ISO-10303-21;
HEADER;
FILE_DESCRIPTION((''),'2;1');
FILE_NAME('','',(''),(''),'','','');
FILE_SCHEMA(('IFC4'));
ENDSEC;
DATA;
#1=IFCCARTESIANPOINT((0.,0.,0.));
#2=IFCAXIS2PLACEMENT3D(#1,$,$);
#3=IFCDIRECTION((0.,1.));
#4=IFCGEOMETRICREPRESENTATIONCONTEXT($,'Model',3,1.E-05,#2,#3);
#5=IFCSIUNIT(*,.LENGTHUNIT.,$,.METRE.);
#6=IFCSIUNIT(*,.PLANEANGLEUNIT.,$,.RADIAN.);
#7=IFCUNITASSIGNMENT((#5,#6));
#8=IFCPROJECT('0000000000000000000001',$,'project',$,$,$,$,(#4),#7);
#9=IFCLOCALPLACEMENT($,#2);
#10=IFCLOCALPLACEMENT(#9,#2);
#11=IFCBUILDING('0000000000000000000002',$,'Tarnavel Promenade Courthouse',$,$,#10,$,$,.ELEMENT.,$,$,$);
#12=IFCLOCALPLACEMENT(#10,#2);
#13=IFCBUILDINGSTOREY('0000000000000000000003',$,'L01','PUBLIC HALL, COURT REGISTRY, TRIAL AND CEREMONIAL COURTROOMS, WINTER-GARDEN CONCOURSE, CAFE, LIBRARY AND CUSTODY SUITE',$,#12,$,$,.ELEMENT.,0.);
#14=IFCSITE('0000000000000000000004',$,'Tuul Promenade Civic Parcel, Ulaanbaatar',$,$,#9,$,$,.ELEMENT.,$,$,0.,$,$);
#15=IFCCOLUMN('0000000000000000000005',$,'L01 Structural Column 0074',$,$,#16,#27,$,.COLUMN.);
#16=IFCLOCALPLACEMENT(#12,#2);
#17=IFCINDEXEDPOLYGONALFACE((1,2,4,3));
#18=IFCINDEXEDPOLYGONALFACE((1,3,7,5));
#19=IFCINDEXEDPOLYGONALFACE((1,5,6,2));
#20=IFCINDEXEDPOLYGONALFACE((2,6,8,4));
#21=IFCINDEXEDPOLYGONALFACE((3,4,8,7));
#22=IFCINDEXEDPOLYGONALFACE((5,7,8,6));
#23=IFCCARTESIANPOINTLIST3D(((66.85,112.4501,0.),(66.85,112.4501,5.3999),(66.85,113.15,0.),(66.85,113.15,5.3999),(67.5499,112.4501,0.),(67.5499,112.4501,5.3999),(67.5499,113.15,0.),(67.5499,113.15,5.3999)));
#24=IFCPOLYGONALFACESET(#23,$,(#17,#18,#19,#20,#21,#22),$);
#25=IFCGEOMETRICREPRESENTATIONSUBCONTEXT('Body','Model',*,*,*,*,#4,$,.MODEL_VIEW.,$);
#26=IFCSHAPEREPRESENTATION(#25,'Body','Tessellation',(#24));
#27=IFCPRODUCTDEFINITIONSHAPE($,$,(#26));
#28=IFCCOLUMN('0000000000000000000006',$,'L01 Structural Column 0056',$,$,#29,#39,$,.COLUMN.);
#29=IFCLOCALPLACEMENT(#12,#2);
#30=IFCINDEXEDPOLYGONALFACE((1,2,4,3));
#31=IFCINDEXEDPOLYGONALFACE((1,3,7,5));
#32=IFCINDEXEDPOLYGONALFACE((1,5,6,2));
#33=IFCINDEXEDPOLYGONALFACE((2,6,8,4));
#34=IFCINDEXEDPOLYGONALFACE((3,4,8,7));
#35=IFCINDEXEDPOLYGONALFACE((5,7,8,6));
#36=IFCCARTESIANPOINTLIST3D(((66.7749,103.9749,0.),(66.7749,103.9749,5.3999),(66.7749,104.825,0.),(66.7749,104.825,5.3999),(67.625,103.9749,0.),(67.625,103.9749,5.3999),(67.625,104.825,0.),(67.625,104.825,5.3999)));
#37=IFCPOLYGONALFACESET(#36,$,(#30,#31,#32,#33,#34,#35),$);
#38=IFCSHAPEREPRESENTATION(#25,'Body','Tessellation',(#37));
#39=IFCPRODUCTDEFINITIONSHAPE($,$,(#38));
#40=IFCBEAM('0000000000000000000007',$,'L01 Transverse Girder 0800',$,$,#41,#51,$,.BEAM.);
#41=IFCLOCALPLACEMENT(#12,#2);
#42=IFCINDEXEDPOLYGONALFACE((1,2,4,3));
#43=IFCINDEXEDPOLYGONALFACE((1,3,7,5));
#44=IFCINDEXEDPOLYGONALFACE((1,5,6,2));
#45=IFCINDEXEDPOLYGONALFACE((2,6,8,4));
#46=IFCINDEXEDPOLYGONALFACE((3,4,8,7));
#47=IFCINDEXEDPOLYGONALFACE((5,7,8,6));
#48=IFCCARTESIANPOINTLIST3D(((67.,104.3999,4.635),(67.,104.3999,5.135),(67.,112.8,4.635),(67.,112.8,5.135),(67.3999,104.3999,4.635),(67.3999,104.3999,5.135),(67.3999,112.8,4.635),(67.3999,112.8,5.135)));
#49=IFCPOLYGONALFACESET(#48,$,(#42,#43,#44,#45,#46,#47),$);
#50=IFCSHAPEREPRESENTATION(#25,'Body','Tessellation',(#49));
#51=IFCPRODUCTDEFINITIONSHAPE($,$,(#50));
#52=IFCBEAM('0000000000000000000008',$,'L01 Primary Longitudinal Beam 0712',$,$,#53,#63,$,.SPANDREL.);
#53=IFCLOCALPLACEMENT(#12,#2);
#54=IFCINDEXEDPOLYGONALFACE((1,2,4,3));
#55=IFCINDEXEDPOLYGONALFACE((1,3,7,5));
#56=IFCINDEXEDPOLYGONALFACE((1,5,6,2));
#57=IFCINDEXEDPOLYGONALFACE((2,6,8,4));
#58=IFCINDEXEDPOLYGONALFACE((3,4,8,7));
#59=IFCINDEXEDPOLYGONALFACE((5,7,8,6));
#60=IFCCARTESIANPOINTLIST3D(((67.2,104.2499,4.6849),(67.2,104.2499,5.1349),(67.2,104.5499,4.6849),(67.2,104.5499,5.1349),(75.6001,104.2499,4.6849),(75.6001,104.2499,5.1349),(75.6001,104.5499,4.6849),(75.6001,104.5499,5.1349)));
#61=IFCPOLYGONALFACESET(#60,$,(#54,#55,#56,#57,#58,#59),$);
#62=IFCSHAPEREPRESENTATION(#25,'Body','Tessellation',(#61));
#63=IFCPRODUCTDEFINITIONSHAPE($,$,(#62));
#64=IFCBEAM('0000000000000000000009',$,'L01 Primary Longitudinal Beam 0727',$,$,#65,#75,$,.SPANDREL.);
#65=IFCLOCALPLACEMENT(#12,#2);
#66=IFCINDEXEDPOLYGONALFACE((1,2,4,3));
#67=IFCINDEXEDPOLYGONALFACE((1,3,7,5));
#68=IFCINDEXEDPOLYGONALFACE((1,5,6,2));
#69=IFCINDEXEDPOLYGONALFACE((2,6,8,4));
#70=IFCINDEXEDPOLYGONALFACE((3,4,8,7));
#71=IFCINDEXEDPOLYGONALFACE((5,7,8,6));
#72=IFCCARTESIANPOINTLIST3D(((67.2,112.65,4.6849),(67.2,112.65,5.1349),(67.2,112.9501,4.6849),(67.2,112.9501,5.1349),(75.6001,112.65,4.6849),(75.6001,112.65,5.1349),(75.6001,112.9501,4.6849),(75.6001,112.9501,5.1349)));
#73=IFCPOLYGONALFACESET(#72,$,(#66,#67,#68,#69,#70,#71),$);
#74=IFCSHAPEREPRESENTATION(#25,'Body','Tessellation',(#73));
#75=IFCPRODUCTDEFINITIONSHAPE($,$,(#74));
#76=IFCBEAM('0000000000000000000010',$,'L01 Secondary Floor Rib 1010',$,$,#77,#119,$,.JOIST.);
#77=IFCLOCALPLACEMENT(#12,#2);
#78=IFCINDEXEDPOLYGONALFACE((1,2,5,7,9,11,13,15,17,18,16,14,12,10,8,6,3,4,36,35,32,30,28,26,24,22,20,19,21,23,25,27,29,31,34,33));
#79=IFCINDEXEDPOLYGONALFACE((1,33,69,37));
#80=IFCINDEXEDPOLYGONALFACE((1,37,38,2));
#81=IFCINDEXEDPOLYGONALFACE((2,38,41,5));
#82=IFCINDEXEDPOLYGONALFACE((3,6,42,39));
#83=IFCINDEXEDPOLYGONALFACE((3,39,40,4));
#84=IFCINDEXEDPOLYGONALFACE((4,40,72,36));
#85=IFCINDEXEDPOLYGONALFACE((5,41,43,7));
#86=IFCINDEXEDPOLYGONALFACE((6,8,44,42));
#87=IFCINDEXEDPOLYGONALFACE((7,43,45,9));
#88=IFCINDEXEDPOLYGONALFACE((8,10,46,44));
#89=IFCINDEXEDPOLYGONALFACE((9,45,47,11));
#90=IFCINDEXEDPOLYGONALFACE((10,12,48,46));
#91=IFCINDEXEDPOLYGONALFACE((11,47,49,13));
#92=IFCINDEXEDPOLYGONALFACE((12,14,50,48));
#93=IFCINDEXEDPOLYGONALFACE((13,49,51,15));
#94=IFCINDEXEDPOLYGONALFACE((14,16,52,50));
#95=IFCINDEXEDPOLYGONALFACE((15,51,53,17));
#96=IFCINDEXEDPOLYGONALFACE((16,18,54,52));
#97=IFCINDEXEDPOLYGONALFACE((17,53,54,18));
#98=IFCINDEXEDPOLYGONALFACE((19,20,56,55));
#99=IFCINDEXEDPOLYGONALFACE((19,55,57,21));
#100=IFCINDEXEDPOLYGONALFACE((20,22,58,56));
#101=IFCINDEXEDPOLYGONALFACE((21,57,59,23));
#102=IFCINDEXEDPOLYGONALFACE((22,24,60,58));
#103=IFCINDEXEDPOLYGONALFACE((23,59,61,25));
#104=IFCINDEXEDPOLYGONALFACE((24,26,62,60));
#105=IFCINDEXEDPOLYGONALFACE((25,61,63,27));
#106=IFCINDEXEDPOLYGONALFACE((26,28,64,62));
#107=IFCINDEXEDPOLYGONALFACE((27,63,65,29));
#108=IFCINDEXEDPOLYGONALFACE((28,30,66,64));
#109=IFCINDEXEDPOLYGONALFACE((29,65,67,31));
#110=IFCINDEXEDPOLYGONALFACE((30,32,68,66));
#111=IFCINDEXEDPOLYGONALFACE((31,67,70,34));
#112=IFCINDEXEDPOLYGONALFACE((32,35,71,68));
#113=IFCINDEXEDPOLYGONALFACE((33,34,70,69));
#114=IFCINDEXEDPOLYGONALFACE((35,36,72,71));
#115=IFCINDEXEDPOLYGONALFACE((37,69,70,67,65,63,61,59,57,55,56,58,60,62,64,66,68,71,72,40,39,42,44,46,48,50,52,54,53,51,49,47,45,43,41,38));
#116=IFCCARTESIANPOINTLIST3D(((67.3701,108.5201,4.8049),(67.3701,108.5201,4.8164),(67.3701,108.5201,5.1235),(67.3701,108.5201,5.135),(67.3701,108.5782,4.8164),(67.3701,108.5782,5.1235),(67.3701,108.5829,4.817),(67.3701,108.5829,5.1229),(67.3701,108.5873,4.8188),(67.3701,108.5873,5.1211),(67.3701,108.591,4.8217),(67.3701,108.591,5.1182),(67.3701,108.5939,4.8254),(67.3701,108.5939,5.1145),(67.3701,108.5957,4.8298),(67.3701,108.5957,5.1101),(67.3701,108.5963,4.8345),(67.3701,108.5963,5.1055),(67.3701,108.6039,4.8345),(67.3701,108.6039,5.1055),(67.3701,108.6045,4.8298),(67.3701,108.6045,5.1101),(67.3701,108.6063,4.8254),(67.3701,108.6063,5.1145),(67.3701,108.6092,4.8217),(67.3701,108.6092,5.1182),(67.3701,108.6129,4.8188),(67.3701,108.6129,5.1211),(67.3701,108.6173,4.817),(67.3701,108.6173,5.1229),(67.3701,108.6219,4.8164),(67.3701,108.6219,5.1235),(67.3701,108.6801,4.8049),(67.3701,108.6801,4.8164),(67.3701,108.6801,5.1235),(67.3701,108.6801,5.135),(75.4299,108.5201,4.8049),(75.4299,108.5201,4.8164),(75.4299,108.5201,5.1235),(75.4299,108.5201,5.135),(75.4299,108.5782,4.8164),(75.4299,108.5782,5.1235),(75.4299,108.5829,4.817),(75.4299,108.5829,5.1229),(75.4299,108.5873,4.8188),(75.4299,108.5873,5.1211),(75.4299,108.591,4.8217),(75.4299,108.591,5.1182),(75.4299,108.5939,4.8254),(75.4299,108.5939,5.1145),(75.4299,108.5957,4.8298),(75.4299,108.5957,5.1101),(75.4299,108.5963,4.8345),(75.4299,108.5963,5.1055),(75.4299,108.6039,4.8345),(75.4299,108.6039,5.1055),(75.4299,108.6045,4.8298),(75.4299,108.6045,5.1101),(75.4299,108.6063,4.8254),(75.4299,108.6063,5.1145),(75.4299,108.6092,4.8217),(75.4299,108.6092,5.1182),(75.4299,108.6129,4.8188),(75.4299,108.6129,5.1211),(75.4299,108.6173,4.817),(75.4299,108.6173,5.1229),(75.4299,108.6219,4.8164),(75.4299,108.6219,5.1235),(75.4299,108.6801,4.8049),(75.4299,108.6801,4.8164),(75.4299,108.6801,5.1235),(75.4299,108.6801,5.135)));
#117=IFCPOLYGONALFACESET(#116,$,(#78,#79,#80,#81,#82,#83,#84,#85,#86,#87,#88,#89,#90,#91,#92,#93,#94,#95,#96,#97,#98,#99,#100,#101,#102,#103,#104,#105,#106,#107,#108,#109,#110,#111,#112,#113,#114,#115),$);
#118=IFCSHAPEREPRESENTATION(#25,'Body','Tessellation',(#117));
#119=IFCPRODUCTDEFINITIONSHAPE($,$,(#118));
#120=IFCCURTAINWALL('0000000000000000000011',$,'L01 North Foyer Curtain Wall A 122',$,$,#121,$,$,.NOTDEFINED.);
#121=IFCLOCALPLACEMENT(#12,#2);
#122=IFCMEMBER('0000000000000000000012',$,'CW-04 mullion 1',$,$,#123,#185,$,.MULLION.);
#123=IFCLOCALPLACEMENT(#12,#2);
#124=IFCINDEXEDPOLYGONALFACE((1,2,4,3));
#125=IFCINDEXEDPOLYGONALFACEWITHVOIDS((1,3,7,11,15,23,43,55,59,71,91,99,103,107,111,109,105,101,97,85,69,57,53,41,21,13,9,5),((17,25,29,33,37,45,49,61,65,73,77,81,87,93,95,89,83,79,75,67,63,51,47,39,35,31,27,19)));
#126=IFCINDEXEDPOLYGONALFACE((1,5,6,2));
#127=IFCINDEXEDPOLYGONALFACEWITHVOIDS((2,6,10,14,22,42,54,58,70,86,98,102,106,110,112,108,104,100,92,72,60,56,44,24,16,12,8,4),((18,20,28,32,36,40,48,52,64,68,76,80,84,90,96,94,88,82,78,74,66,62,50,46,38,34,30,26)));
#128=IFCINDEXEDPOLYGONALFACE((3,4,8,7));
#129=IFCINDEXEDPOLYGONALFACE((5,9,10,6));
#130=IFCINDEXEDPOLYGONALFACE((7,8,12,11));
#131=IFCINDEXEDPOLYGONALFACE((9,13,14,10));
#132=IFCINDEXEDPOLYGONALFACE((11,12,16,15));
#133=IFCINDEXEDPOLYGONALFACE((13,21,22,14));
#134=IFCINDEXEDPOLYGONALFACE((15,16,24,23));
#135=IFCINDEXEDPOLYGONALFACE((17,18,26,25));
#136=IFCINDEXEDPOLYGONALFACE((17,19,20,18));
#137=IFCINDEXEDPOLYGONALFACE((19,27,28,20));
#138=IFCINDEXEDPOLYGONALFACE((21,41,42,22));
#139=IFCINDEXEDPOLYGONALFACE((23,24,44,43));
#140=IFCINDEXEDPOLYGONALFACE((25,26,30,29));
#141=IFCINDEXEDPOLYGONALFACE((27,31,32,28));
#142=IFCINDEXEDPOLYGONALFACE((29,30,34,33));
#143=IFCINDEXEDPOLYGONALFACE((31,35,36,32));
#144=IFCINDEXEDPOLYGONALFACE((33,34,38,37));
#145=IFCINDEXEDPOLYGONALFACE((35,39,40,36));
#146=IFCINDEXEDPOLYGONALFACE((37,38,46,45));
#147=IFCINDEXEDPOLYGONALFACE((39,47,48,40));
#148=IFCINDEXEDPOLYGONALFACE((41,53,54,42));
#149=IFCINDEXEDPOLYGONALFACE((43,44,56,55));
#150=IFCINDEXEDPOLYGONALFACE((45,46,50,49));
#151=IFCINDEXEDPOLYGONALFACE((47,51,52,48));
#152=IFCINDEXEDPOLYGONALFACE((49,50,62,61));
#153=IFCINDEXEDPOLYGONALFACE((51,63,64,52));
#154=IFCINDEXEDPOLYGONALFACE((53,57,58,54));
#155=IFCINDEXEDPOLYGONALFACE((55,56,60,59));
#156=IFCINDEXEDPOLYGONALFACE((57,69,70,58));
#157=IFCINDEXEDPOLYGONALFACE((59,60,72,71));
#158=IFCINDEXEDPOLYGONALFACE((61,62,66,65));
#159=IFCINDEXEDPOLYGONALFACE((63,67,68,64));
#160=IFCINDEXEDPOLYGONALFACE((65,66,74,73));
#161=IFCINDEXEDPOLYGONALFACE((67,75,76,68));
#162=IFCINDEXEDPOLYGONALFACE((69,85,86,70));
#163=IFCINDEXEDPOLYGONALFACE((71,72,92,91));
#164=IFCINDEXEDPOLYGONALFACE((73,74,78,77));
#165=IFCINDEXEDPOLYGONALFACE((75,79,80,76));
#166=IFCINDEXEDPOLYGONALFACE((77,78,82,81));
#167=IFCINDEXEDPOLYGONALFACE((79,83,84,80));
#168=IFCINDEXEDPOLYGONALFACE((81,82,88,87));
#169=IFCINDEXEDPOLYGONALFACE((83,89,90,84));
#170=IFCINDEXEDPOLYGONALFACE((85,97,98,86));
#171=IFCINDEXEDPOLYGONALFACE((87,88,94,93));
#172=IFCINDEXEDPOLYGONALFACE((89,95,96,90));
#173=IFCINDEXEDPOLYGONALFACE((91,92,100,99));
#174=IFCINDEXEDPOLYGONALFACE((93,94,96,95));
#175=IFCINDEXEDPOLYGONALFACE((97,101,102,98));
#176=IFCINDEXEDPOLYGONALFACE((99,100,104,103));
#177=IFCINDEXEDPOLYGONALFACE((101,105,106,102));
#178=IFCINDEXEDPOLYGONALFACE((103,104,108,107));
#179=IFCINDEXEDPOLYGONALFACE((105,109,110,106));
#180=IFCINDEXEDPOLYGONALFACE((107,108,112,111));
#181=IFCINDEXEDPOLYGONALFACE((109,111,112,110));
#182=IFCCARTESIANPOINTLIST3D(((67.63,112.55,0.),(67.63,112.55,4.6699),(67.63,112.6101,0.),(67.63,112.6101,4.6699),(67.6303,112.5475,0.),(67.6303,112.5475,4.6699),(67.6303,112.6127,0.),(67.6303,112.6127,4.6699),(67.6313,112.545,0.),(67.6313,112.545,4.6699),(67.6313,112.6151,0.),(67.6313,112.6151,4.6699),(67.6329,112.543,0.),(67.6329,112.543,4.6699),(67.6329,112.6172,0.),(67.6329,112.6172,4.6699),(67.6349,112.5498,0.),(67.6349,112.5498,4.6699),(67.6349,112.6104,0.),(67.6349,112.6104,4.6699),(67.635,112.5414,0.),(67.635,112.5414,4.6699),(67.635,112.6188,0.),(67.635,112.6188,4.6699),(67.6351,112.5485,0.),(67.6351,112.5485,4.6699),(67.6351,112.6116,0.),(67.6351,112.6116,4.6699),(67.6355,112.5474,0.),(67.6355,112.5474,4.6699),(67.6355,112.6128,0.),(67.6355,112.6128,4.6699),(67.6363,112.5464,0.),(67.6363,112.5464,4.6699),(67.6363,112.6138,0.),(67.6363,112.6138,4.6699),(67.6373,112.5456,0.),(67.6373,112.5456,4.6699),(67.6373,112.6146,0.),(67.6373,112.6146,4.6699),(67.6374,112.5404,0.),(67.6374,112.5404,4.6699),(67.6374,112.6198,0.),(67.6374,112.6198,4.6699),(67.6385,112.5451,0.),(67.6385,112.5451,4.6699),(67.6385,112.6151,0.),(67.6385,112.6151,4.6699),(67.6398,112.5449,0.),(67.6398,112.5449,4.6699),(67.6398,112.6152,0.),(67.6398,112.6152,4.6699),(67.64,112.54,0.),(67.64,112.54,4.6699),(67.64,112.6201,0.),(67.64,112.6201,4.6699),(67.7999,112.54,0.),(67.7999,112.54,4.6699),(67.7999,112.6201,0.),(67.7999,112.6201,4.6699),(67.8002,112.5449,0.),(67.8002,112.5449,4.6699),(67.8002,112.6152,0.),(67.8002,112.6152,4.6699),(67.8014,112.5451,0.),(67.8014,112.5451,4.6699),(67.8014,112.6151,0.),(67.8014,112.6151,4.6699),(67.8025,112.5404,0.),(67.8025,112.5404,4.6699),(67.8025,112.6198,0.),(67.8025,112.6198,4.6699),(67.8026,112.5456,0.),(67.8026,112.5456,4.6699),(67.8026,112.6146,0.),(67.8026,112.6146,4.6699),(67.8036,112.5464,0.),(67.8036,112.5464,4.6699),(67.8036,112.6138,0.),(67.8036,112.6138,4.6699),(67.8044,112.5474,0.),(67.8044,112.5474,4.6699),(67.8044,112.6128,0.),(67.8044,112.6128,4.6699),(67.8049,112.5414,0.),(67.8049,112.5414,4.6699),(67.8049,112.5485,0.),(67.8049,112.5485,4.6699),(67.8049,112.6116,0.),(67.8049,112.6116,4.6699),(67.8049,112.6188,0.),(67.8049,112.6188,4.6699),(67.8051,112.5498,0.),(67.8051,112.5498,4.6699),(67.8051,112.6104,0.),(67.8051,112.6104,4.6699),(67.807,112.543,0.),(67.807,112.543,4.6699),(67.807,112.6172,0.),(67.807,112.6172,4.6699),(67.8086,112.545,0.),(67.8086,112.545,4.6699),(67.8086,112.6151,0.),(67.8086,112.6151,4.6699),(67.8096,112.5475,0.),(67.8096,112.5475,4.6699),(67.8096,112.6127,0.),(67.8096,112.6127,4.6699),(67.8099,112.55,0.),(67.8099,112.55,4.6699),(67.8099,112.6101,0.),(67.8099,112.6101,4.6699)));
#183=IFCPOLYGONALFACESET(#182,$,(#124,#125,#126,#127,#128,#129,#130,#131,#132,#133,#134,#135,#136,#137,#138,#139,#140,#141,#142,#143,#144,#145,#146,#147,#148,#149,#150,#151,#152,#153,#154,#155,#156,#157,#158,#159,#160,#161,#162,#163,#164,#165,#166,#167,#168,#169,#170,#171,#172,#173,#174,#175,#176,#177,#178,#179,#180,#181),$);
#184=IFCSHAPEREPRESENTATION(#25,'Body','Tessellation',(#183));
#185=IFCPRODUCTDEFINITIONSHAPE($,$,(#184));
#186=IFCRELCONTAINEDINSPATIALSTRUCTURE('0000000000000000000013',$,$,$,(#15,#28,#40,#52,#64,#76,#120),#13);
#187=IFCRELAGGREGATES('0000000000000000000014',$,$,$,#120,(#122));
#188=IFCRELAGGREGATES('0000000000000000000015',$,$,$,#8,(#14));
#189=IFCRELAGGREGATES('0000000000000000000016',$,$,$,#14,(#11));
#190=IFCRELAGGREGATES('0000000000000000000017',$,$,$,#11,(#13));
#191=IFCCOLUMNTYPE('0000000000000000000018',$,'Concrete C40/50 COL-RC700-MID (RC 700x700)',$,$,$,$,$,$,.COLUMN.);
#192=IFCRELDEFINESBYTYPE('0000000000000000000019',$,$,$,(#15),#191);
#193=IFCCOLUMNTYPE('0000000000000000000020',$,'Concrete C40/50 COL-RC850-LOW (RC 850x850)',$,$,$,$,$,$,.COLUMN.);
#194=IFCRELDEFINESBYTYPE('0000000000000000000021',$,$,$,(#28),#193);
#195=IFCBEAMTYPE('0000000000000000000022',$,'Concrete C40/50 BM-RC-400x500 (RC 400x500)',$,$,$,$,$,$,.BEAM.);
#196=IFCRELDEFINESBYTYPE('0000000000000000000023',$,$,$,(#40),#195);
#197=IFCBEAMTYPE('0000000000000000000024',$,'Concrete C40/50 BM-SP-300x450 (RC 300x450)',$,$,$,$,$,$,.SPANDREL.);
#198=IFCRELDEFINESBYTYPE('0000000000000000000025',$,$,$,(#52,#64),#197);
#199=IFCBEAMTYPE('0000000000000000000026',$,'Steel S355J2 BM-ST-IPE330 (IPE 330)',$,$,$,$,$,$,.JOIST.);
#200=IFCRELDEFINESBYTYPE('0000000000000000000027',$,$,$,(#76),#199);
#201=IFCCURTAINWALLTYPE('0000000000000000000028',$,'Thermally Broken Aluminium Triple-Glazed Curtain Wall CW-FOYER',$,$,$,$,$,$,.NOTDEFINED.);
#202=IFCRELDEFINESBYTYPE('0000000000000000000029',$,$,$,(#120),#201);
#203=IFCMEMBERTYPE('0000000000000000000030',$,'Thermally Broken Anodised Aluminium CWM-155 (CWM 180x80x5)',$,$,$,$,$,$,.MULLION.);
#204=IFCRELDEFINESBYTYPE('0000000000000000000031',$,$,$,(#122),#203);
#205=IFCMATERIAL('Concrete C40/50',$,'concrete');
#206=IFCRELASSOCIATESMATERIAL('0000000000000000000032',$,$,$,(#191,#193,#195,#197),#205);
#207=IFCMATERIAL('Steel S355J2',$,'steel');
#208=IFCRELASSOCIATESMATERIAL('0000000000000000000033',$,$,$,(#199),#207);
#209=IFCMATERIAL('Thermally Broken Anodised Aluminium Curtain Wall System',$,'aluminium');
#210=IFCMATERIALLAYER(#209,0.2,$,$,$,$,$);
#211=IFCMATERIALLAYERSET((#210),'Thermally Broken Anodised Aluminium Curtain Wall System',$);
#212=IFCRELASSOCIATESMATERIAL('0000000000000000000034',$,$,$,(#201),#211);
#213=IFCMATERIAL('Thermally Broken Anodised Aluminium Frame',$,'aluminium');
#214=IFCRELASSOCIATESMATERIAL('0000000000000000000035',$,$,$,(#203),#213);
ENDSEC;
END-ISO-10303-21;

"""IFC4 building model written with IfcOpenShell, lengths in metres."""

from ifc_helpers import new_model, si_unit, direction, frame, origin, origin_2d, place, context, subcontext, project, spatial, rectangle, hollow_rectangle, i_section, extrude, material, layer, layer_set, material_profile, profile_set, type_object, element, aggregate, save


model = new_model("IFC4")

# Units and contexts
model_context = context("Model", 3, precision=1e-05, world=origin(), true_north=direction((0.0, 1.0)))
body_context = subcontext(model_context, "Body", "Model", "MODEL_VIEW")
ifc_project = project(units=[si_unit("LENGTHUNIT", "METRE"), si_unit("PLANEANGLEUNIT", "RADIAN")], contexts=[model_context])

# Site, building, storey
site_placement = place(None, origin())
site = spatial("IfcSite", under=ifc_project, at=site_placement, Name="Tuul Promenade Civic Parcel, Ulaanbaatar", CompositionType="ELEMENT", RefElevation=0.0)
building_placement = place(site_placement, origin())
building = spatial("IfcBuilding", under=site, at=building_placement, Name="Tarnavel Promenade Courthouse", CompositionType="ELEMENT")
storey_placement = place(building_placement, origin())
storey = spatial("IfcBuildingStorey", under=building, at=storey_placement, Name="L01", Description="PUBLIC HALL, COURT REGISTRY, TRIAL AND CEREMONIAL COURTROOMS, WINTER-GARDEN CONCOURSE, CAFE, LIBRARY AND CUSTODY SUITE", CompositionType="ELEMENT", Elevation=0.0)

# Columns
ifc_material_1 = material(Name="Concrete C40/50", Category="concrete")
ifc_material_profile_1 = material_profile(ifc_material_1, rectangle(XDim=0.7, YDim=0.7, at=origin_2d()), Name="RC 700x700")
ifc_profile_set_1 = profile_set([ifc_material_profile_1], Name="Concrete C40/50")
column_type_1 = type_object("IfcColumnType", Name="Concrete C40/50 COL-RC700-MID (RC 700x700)", PredefinedType="COLUMN", material=ifc_profile_set_1)
column_1_placement = place(storey_placement, frame((67.2, 112.8, 0.0), z_axis=(0.0, 0.0, 1.0), x_axis=(1.0, 0.0, 0.0)))
element("IfcColumn", 1, at=column_1_placement, inside=storey, type_object=column_type_1, Name="L01 Structural Column 0074", PredefinedType="COLUMN", context=body_context, shape_type="SweptSolid", body=[
    extrude(rectangle(XDim=0.7, YDim=0.7, at=origin_2d()), origin(), (0.0, 0.0, 1.0), 5.3999),
])
ifc_material_profile_2 = material_profile(ifc_material_1, rectangle(XDim=0.8501, YDim=0.8501, at=origin_2d()), Name="RC 850x850")
ifc_profile_set_2 = profile_set([ifc_material_profile_2], Name="Concrete C40/50")
column_type_2 = type_object("IfcColumnType", Name="Concrete C40/50 COL-RC850-LOW (RC 850x850)", PredefinedType="COLUMN", material=ifc_profile_set_2)
column_2_placement = place(storey_placement, frame((67.2, 104.3999, 0.0), z_axis=(0.0, 0.0, 1.0), x_axis=(1.0, 0.0, 0.0)))
element("IfcColumn", 2, at=column_2_placement, inside=storey, type_object=column_type_2, Name="L01 Structural Column 0056", PredefinedType="COLUMN", context=body_context, shape_type="SweptSolid", body=[
    extrude(rectangle(XDim=0.8501, YDim=0.8501, at=origin_2d()), origin(), (0.0, 0.0, 1.0), 5.3999),
])

# Beams
ifc_material_profile_3 = material_profile(ifc_material_1, rectangle(XDim=0.3999, YDim=0.5, at=origin_2d()), Name="RC 400x500")
ifc_profile_set_3 = profile_set([ifc_material_profile_3], Name="Concrete C40/50")
beam_type_1 = type_object("IfcBeamType", Name="Concrete C40/50 BM-RC-400x500 (RC 400x500)", PredefinedType="BEAM", material=ifc_profile_set_3)
beam_1_placement = place(storey_placement, frame((67.2, 104.3999, 4.885), z_axis=(0.0, 1.0, 0.0), x_axis=(-1.0, 0.0, 0.0)))
element("IfcBeam", 3, at=beam_1_placement, inside=storey, type_object=beam_type_1, Name="L01 Transverse Girder 0800", PredefinedType="BEAM", context=body_context, shape_type="SweptSolid", body=[
    extrude(rectangle(XDim=0.3999, YDim=0.5, at=origin_2d()), origin(), (0.0, 0.0, 1.0), 8.4001),
])
ifc_material_profile_4 = material_profile(ifc_material_1, rectangle(XDim=0.3, YDim=0.45, at=origin_2d()), Name="RC 300x450")
ifc_profile_set_4 = profile_set([ifc_material_profile_4], Name="Concrete C40/50")
beam_type_2 = type_object("IfcBeamType", Name="Concrete C40/50 BM-SP-300x450 (RC 300x450)", PredefinedType="SPANDREL", material=ifc_profile_set_4)
for number, where, z_axis, x_axis, name in (
    (4, (67.2, 104.3999, 4.9099), (1.0, 0.0, 0.0), (0.0, 1.0, 0.0), "L01 Primary Longitudinal Beam 0712"),
    (5, (67.2, 112.8, 4.9099), (1.0, 0.0, 0.0), (0.0, 1.0, 0.0), "L01 Primary Longitudinal Beam 0727"),
):
    element("IfcBeam", number, at=place(storey_placement, frame(where, z_axis=z_axis, x_axis=x_axis)), inside=storey, type_object=beam_type_2, Name=name, PredefinedType="SPANDREL", context=body_context, shape_type="SweptSolid", body=[
        extrude(rectangle(XDim=0.3, YDim=0.45, at=origin_2d()), origin(), (0.0, 0.0, 1.0), 8.4001),
    ])
ifc_material_2 = material(Name="Steel S355J2", Category="steel")
ifc_material_profile_5 = material_profile(ifc_material_2, i_section(OverallWidth=0.1599, OverallDepth=0.3301, WebThickness=0.0076, FlangeThickness=0.0115, FilletRadius=0.0181, at=origin_2d()), Name="IPE 330")
ifc_profile_set_5 = profile_set([ifc_material_profile_5], Name="Steel S355J2")
beam_type_3 = type_object("IfcBeamType", Name="Steel S355J2 BM-ST-IPE330 (IPE 330)", PredefinedType="JOIST", material=ifc_profile_set_5)
beam_2_placement = place(storey_placement, frame((67.3701, 108.6001, 4.97), z_axis=(1.0, 0.0, 0.0), x_axis=(0.0, 1.0, 0.0)))
element("IfcBeam", 6, at=beam_2_placement, inside=storey, type_object=beam_type_3, Name="L01 Secondary Floor Rib 1010", PredefinedType="JOIST", context=body_context, shape_type="SweptSolid", body=[
    extrude(i_section(OverallWidth=0.1599, OverallDepth=0.3301, WebThickness=0.0076, FlangeThickness=0.0115, FilletRadius=0.0181, at=origin_2d()), origin(), (0.0, 0.0, 1.0), 8.0598),
])

# Curtain wall, member
ifc_material_3 = material(Name="Thermally Broken Anodised Aluminium Curtain Wall System", Category="aluminium")
ifc_layer_1 = layer(ifc_material_3, 0.2)
ifc_layer_set_1 = layer_set([ifc_layer_1], Name="Thermally Broken Anodised Aluminium Curtain Wall System")
curtain_wall_type = type_object("IfcCurtainWallType", Name="Thermally Broken Aluminium Triple-Glazed Curtain Wall CW-FOYER", PredefinedType="NOTDEFINED", material=ifc_layer_set_1)
curtain_wall_placement = place(storey_placement, origin())
curtain_wall = element("IfcCurtainWall", 7, at=curtain_wall_placement, inside=storey, type_object=curtain_wall_type, Name="L01 North Foyer Curtain Wall A 122", PredefinedType="NOTDEFINED")
ifc_material_4 = material(Name="Thermally Broken Anodised Aluminium Frame", Category="aluminium")
ifc_material_profile_6 = material_profile(ifc_material_4, hollow_rectangle(XDim=0.0801, YDim=0.1799, WallThickness=0.0049, InnerFilletRadius=0.0049, OuterFilletRadius=0.01, at=origin_2d()), Name="CWM 180x80x5")
ifc_profile_set_6 = profile_set([ifc_material_profile_6], Name="Thermally Broken Anodised Aluminium Frame")
member_type_1 = type_object("IfcMemberType", Name="Thermally Broken Anodised Aluminium CWM-155 (CWM 180x80x5)", PredefinedType="MULLION", material=ifc_profile_set_6)
member_1_placement = place(storey_placement, frame((67.72, 112.5801, 0.0), z_axis=(0.0, 0.0, 1.0), x_axis=(0.0, 1.0, 0.0)))
member_1 = element("IfcMember", 8, at=member_1_placement, type_object=member_type_1, Name="CW-04 mullion 1", PredefinedType="MULLION", context=body_context, shape_type="SweptSolid", body=[
    extrude(hollow_rectangle(XDim=0.0801, YDim=0.1799, WallThickness=0.0049, InnerFilletRadius=0.0049, OuterFilletRadius=0.01, at=origin_2d()), origin(), (0.0, 0.0, 1.0), 4.6699),
])
aggregate(curtain_wall, [member_1])

save(model, "model.ifc")
